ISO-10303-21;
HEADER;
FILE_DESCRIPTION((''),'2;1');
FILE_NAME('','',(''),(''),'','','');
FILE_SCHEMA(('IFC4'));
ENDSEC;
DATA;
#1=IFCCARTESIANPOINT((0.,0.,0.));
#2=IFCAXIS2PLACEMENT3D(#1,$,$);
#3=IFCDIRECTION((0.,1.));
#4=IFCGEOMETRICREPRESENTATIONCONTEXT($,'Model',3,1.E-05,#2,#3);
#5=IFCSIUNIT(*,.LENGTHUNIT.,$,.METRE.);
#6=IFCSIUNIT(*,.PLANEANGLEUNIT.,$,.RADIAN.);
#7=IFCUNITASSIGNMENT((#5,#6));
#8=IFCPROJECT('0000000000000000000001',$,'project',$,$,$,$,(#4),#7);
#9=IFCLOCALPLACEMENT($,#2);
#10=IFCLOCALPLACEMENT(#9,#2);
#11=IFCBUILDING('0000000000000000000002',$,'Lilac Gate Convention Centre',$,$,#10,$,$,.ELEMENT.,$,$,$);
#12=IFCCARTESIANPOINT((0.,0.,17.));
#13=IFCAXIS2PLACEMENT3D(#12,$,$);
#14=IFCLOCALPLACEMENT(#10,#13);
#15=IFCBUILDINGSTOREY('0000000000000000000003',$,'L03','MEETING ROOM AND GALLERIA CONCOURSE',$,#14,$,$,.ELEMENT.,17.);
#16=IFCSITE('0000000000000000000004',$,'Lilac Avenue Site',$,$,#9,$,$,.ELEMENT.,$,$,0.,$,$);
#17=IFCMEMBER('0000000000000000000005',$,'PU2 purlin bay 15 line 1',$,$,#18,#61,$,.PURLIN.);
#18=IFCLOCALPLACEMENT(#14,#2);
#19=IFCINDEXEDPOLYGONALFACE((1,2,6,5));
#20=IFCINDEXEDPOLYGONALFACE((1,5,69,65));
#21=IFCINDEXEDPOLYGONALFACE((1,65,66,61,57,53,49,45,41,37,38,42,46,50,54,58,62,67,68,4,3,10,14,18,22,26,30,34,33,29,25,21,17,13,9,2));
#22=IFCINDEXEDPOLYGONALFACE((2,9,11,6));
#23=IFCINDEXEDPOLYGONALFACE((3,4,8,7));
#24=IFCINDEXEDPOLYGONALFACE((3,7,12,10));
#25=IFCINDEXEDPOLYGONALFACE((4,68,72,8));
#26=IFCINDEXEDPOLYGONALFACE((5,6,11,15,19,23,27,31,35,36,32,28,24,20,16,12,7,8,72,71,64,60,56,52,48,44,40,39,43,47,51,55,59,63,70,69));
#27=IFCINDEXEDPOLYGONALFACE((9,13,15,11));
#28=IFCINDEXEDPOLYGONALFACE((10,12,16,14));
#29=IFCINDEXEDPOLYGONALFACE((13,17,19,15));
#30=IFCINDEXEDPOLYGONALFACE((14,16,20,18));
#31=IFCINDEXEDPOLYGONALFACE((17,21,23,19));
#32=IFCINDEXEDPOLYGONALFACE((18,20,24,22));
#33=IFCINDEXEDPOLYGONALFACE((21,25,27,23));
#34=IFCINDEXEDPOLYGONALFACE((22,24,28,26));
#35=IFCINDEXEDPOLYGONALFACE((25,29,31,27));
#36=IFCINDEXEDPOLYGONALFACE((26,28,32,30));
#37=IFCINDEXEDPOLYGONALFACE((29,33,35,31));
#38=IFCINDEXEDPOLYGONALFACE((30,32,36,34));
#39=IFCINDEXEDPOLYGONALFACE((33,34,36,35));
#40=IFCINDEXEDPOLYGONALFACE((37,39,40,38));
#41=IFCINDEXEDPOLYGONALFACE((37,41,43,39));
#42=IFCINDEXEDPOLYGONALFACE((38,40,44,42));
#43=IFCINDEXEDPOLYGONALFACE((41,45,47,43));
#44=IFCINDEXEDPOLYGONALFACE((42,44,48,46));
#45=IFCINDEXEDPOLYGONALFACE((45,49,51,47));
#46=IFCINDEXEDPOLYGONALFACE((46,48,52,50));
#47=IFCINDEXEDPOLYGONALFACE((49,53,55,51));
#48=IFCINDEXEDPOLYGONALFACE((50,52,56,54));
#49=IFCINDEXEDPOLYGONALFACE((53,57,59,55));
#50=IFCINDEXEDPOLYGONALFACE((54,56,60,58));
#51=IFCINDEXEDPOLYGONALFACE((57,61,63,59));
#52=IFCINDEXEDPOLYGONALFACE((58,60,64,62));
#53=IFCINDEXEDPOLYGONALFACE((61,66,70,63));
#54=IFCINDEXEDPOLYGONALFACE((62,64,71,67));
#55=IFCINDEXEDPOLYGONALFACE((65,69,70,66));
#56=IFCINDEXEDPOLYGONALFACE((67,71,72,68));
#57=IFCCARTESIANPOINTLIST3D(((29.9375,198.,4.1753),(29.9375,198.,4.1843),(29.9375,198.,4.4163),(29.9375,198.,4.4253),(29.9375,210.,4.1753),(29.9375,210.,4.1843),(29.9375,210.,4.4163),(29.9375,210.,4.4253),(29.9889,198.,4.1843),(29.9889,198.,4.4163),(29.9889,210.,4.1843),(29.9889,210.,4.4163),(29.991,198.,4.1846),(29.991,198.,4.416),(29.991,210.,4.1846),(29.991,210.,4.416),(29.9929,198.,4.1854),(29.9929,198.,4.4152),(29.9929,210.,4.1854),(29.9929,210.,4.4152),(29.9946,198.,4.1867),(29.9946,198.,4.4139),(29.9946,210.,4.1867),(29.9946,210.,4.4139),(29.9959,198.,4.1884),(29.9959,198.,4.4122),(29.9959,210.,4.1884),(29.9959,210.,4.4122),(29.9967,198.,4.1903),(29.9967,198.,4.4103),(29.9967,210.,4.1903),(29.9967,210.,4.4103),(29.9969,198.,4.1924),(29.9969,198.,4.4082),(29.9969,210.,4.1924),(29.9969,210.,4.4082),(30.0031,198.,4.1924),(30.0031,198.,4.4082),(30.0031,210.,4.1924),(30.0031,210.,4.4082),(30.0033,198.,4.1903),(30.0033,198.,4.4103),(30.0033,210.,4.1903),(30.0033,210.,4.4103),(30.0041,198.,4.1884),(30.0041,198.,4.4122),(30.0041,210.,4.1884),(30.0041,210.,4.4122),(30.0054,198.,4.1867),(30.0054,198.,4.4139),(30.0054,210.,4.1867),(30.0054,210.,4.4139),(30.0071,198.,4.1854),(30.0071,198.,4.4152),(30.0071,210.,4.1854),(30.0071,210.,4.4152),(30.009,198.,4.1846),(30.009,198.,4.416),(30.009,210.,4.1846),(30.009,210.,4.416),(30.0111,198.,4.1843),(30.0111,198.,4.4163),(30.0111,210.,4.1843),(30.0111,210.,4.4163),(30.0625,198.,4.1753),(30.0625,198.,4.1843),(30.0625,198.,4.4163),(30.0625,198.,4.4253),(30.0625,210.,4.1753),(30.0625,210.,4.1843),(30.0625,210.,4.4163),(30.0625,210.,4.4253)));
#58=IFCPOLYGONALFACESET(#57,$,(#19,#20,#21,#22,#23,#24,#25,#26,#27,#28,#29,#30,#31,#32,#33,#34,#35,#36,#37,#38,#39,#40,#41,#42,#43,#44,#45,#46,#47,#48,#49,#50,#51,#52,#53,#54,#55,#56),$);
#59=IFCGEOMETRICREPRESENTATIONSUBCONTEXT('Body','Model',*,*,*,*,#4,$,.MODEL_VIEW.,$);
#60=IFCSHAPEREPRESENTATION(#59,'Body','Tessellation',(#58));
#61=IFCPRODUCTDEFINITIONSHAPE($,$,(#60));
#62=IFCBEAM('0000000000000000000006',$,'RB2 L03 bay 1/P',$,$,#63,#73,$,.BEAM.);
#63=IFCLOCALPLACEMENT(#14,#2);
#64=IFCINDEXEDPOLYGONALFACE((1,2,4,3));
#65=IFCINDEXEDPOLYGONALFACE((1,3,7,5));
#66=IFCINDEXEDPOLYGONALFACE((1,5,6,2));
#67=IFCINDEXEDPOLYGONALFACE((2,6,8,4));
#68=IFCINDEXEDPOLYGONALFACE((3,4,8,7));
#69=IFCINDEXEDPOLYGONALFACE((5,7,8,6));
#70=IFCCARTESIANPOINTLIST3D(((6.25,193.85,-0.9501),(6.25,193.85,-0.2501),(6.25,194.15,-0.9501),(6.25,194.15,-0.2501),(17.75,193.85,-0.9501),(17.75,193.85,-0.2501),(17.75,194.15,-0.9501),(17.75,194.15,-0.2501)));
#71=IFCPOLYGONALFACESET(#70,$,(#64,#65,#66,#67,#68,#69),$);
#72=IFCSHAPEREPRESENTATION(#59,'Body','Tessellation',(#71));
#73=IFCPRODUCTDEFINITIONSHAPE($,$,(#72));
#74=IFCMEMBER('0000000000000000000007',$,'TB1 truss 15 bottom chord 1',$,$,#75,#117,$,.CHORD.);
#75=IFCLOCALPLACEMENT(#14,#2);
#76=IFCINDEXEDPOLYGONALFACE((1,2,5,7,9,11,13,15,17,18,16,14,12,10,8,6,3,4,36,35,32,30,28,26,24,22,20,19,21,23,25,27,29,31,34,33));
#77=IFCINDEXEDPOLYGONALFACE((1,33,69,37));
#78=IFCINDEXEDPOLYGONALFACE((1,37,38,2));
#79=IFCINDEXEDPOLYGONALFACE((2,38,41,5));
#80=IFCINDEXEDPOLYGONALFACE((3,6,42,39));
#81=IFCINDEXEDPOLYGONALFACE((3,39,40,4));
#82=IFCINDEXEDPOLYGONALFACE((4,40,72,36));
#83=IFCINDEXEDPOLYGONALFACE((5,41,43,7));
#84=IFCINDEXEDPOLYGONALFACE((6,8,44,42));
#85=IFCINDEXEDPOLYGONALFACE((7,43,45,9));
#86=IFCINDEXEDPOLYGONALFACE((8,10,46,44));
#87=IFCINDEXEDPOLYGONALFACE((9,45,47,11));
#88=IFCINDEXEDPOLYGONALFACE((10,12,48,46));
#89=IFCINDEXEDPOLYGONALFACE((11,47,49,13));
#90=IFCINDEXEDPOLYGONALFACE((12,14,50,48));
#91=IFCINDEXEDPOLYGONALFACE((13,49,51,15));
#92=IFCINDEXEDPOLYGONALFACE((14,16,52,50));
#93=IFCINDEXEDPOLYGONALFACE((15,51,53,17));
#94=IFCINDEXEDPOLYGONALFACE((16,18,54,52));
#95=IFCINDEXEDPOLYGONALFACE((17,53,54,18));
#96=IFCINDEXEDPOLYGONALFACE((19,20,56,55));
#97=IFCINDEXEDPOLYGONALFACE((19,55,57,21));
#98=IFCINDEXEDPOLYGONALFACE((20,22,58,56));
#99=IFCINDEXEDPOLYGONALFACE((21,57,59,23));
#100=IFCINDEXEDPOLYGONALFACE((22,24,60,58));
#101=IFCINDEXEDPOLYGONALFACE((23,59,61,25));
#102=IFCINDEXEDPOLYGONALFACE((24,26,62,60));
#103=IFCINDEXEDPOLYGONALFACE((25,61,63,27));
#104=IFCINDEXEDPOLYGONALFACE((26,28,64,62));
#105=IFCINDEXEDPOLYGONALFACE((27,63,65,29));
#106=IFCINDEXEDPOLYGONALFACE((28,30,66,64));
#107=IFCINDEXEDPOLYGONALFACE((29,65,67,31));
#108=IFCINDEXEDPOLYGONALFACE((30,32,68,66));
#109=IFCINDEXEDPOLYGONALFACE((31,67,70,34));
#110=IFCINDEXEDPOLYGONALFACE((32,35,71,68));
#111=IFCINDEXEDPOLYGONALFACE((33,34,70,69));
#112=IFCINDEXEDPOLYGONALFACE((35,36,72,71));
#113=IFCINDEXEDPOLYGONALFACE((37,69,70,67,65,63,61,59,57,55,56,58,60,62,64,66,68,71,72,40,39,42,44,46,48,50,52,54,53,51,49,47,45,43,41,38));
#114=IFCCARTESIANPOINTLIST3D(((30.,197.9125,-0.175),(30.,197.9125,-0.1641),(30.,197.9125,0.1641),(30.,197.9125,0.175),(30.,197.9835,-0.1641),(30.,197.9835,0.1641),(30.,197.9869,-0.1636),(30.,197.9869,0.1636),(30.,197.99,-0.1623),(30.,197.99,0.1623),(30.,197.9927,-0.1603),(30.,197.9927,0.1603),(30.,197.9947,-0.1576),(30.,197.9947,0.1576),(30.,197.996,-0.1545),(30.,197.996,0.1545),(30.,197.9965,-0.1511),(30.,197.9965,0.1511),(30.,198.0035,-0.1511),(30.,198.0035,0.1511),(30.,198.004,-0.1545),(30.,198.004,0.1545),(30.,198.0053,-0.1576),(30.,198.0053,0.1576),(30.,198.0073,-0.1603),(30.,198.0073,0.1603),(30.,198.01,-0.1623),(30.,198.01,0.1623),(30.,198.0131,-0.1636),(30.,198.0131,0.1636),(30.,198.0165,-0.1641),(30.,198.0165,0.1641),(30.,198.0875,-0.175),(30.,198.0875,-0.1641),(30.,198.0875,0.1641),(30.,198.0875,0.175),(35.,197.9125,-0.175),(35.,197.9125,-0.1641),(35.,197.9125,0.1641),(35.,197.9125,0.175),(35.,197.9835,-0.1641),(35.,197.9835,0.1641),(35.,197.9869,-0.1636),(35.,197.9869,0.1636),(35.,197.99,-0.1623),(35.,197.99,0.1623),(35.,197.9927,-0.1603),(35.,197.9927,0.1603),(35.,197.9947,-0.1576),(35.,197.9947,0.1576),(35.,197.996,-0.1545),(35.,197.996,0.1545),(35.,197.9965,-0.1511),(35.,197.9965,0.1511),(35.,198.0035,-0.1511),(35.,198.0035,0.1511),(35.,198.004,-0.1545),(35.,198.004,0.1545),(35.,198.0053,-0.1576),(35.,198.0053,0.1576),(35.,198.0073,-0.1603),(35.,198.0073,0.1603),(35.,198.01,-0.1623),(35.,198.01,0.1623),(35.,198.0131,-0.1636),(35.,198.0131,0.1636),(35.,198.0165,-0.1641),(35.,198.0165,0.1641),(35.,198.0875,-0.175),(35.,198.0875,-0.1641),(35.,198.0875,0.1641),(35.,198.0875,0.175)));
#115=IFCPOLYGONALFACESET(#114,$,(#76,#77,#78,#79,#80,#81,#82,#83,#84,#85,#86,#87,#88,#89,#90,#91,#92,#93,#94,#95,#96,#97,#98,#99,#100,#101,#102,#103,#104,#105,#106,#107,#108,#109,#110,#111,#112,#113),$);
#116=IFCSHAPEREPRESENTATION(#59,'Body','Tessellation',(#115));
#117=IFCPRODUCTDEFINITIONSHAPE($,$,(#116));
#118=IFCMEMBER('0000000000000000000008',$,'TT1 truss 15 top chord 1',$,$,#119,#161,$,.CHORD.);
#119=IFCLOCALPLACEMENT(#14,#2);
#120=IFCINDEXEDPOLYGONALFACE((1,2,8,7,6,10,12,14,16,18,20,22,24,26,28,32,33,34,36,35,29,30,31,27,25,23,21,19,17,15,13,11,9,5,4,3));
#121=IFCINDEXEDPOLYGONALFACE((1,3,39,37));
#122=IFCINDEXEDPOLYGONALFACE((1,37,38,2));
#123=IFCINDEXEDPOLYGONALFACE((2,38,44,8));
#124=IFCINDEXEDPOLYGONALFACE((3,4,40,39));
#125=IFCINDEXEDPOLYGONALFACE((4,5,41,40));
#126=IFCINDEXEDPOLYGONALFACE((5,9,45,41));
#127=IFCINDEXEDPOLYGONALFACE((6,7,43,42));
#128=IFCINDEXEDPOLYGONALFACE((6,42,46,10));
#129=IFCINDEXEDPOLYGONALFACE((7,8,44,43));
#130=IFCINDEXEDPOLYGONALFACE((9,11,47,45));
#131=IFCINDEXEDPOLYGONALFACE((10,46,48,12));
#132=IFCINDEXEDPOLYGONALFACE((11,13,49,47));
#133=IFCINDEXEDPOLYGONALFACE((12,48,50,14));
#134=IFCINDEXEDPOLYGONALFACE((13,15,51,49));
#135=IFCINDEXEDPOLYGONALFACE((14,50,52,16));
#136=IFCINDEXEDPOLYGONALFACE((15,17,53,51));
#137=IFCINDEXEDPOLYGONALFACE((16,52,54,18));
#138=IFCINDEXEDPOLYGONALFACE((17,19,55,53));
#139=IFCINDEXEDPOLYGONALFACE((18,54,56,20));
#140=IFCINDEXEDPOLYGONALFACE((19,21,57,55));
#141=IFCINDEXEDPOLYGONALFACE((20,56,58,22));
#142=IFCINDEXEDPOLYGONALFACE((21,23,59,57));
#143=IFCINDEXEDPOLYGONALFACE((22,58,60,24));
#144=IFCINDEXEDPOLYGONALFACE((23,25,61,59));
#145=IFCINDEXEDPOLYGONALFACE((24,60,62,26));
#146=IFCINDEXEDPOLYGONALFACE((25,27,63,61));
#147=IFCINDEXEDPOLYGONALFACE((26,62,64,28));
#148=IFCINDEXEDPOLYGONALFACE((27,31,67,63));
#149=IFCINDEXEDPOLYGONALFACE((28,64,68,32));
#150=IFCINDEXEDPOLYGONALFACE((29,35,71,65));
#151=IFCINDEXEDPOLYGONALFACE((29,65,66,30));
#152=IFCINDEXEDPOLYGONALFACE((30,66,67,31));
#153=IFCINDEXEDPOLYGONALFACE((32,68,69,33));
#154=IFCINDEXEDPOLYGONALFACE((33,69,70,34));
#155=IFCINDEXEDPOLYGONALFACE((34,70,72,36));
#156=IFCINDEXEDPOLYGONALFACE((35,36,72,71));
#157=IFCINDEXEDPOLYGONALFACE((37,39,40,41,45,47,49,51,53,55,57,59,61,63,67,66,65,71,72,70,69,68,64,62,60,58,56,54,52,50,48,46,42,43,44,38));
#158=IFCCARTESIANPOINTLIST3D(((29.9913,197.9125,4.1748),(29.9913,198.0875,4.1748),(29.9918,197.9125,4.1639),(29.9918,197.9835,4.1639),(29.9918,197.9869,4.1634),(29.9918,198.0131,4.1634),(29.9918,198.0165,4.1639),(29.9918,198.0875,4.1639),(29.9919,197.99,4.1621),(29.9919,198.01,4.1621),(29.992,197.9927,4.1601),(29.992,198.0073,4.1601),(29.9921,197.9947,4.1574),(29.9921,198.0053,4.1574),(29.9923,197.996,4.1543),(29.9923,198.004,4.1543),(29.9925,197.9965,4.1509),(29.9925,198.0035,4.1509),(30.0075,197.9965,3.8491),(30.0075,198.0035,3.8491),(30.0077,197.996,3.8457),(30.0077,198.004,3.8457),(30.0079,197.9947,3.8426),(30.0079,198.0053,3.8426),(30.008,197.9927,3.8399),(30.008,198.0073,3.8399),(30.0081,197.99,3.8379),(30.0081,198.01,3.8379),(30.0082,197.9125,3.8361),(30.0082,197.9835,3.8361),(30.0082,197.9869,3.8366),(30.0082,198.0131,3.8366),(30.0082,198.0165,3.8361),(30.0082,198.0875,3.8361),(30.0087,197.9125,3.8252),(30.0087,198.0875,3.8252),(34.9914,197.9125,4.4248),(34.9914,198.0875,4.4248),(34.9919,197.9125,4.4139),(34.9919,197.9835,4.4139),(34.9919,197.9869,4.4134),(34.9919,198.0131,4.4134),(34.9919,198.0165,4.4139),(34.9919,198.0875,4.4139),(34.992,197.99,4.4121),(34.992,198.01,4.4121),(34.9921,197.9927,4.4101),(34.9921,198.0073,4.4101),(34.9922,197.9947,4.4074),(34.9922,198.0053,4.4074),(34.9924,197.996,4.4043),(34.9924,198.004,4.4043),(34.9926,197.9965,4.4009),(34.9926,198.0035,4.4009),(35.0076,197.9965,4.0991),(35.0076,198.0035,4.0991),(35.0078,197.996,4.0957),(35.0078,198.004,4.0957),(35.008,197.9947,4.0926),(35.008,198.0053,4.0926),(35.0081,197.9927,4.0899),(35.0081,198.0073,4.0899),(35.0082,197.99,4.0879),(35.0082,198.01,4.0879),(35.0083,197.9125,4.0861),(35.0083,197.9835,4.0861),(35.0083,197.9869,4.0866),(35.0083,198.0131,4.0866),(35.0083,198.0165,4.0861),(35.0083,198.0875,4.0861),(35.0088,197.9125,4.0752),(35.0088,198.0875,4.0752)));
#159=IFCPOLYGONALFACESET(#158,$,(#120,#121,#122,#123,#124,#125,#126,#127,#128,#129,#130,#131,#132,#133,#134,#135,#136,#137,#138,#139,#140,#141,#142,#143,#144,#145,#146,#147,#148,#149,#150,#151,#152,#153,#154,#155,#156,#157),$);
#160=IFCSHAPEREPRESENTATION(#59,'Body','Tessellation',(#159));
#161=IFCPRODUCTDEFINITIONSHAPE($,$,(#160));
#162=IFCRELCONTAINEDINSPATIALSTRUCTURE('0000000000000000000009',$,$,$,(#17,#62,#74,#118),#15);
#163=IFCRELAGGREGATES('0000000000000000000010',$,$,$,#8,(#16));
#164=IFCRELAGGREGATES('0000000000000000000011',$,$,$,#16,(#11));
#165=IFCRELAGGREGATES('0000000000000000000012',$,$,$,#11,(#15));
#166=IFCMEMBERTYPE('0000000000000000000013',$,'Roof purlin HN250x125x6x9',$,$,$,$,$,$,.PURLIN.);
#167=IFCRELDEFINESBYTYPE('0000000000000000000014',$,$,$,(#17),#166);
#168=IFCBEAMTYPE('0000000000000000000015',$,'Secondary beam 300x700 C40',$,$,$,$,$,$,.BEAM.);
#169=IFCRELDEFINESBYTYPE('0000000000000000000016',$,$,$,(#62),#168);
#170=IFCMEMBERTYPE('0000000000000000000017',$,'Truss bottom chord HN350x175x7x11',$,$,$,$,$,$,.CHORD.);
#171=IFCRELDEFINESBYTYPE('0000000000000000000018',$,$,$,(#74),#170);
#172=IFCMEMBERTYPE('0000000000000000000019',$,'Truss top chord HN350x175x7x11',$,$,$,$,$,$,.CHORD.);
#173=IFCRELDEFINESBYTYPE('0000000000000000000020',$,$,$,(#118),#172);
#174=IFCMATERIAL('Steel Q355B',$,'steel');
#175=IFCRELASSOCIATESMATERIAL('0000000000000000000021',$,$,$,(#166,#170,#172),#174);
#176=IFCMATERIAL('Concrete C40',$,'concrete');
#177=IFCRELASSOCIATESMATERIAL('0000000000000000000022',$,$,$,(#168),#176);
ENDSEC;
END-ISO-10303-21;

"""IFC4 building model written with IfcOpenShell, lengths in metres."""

from ifc_helpers import new_model, si_unit, direction, frame, origin, origin_2d, place, context, subcontext, project, spatial, rectangle, i_section, extrude, material, material_profile, profile_set, type_object, element, save


model = new_model("IFC4")

# Units and contexts
model_context = context("Model", 3, precision=1e-05, world=origin(), true_north=direction((0.0, 1.0)))
body_context = subcontext(model_context, "Body", "Model", "MODEL_VIEW")
ifc_project = project(units=[si_unit("LENGTHUNIT", "METRE"), si_unit("PLANEANGLEUNIT", "RADIAN")], contexts=[model_context])

# Site, building, storey
site_placement = place(None, origin())
site = spatial("IfcSite", under=ifc_project, at=site_placement, Name="Lilac Avenue Site", CompositionType="ELEMENT", RefElevation=0.0)
building_placement = place(site_placement, origin())
building = spatial("IfcBuilding", under=site, at=building_placement, Name="Lilac Gate Convention Centre", CompositionType="ELEMENT")
storey_placement = place(building_placement, frame((0.0, 0.0, 17.0)))
storey = spatial("IfcBuildingStorey", under=building, at=storey_placement, Name="L03", Description="MEETING ROOM AND GALLERIA CONCOURSE", CompositionType="ELEMENT", Elevation=17.0)

# Shared definitions
ifc_material_1 = material(Name="Concrete C40", Category="concrete")

# Member
ifc_material_2 = material(Name="Steel Q355B", Category="steel")
ifc_material_profile_1 = material_profile(ifc_material_2, i_section(OverallWidth=0.125, OverallDepth=0.25, WebThickness=0.0061, FlangeThickness=0.009, FilletRadius=0.0081, at=origin_2d()), Name="HN250x125x6x9")
ifc_profile_set_1 = profile_set([ifc_material_profile_1], Name="Steel Q355B")
member_type_1 = type_object("IfcMemberType", Name="Roof purlin HN250x125x6x9", PredefinedType="PURLIN", material=ifc_profile_set_1)
member_1_placement = place(storey_placement, frame((30.0, 198.0, 4.3003), z_axis=(0.0, 1.0, 0.0), x_axis=(-1.0, 0.0, 0.0)))
element("IfcMember", 1, at=member_1_placement, inside=storey, type_object=member_type_1, Name="PU2 purlin bay 15 line 1", PredefinedType="PURLIN", context=body_context, shape_type="SweptSolid", body=[
    extrude(i_section(OverallWidth=0.125, OverallDepth=0.25, WebThickness=0.0061, FlangeThickness=0.009, FilletRadius=0.0081, at=origin_2d()), origin(), (0.0, 0.0, 1.0), 12.0),
])

# Beam
ifc_material_profile_2 = material_profile(ifc_material_1, rectangle(XDim=0.3, YDim=0.7, at=origin_2d()), Name="RC 300x700")
ifc_profile_set_2 = profile_set([ifc_material_profile_2], Name="Concrete C40")
beam_type_1 = type_object("IfcBeamType", Name="Secondary beam 300x700 C40", PredefinedType="BEAM", material=ifc_profile_set_2)
beam_1_placement = place(storey_placement, frame((6.25, 194.0, -0.6001), z_axis=(1.0, 0.0, 0.0), x_axis=(0.0, 1.0, 0.0)))
element("IfcBeam", 2, at=beam_1_placement, inside=storey, type_object=beam_type_1, Name="RB2 L03 bay 1/P", PredefinedType="BEAM", context=body_context, shape_type="SweptSolid", body=[
    extrude(rectangle(XDim=0.3, YDim=0.7, at=origin_2d()), origin(), (0.0, 0.0, 1.0), 11.5),
])

# Members
ifc_material_profile_3 = material_profile(ifc_material_2, i_section(OverallWidth=0.175, OverallDepth=0.3501, WebThickness=0.0071, FlangeThickness=0.011, FilletRadius=0.0129, at=origin_2d()), Name="HN350x175x7x11")
ifc_profile_set_3 = profile_set([ifc_material_profile_3], Name="Steel Q355B")
member_type_2 = type_object("IfcMemberType", Name="Truss bottom chord HN350x175x7x11", PredefinedType="CHORD", material=ifc_profile_set_3)
member_2_placement = place(storey_placement, frame((30.0, 198.0, 0.0), z_axis=(1.0, 0.0, 0.0), x_axis=(0.0, 1.0, 0.0)))
element("IfcMember", 3, at=member_2_placement, inside=storey, type_object=member_type_2, Name="TB1 truss 15 bottom chord 1", PredefinedType="CHORD", context=body_context, shape_type="SweptSolid", body=[
    extrude(i_section(OverallWidth=0.175, OverallDepth=0.3501, WebThickness=0.0071, FlangeThickness=0.011, FilletRadius=0.0129, at=origin_2d()), origin(), (0.0, 0.0, 1.0), 5.0),
])
ifc_material_profile_4 = material_profile(ifc_material_2, i_section(OverallWidth=0.175, OverallDepth=0.3501, WebThickness=0.0071, FlangeThickness=0.011, FilletRadius=0.0129, at=origin_2d()), Name="HN350x175x7x11")
ifc_profile_set_4 = profile_set([ifc_material_profile_4], Name="Steel Q355B")
member_type_3 = type_object("IfcMemberType", Name="Truss top chord HN350x175x7x11", PredefinedType="CHORD", material=ifc_profile_set_4)
member_3_placement = place(storey_placement, frame((30.0, 198.0, 4.0), z_axis=(0.998752, 0.0, 0.049938), x_axis=(0.0, 1.0, 0.0)))
element("IfcMember", 4, at=member_3_placement, inside=storey, type_object=member_type_3, Name="TT1 truss 15 top chord 1", PredefinedType="CHORD", context=body_context, shape_type="SweptSolid", body=[
    extrude(i_section(OverallWidth=0.175, OverallDepth=0.3501, WebThickness=0.0071, FlangeThickness=0.011, FilletRadius=0.0129, at=origin_2d()), origin(), (0.0, 0.0, 1.0), 5.0063),
])

save(model, "model.ifc")
